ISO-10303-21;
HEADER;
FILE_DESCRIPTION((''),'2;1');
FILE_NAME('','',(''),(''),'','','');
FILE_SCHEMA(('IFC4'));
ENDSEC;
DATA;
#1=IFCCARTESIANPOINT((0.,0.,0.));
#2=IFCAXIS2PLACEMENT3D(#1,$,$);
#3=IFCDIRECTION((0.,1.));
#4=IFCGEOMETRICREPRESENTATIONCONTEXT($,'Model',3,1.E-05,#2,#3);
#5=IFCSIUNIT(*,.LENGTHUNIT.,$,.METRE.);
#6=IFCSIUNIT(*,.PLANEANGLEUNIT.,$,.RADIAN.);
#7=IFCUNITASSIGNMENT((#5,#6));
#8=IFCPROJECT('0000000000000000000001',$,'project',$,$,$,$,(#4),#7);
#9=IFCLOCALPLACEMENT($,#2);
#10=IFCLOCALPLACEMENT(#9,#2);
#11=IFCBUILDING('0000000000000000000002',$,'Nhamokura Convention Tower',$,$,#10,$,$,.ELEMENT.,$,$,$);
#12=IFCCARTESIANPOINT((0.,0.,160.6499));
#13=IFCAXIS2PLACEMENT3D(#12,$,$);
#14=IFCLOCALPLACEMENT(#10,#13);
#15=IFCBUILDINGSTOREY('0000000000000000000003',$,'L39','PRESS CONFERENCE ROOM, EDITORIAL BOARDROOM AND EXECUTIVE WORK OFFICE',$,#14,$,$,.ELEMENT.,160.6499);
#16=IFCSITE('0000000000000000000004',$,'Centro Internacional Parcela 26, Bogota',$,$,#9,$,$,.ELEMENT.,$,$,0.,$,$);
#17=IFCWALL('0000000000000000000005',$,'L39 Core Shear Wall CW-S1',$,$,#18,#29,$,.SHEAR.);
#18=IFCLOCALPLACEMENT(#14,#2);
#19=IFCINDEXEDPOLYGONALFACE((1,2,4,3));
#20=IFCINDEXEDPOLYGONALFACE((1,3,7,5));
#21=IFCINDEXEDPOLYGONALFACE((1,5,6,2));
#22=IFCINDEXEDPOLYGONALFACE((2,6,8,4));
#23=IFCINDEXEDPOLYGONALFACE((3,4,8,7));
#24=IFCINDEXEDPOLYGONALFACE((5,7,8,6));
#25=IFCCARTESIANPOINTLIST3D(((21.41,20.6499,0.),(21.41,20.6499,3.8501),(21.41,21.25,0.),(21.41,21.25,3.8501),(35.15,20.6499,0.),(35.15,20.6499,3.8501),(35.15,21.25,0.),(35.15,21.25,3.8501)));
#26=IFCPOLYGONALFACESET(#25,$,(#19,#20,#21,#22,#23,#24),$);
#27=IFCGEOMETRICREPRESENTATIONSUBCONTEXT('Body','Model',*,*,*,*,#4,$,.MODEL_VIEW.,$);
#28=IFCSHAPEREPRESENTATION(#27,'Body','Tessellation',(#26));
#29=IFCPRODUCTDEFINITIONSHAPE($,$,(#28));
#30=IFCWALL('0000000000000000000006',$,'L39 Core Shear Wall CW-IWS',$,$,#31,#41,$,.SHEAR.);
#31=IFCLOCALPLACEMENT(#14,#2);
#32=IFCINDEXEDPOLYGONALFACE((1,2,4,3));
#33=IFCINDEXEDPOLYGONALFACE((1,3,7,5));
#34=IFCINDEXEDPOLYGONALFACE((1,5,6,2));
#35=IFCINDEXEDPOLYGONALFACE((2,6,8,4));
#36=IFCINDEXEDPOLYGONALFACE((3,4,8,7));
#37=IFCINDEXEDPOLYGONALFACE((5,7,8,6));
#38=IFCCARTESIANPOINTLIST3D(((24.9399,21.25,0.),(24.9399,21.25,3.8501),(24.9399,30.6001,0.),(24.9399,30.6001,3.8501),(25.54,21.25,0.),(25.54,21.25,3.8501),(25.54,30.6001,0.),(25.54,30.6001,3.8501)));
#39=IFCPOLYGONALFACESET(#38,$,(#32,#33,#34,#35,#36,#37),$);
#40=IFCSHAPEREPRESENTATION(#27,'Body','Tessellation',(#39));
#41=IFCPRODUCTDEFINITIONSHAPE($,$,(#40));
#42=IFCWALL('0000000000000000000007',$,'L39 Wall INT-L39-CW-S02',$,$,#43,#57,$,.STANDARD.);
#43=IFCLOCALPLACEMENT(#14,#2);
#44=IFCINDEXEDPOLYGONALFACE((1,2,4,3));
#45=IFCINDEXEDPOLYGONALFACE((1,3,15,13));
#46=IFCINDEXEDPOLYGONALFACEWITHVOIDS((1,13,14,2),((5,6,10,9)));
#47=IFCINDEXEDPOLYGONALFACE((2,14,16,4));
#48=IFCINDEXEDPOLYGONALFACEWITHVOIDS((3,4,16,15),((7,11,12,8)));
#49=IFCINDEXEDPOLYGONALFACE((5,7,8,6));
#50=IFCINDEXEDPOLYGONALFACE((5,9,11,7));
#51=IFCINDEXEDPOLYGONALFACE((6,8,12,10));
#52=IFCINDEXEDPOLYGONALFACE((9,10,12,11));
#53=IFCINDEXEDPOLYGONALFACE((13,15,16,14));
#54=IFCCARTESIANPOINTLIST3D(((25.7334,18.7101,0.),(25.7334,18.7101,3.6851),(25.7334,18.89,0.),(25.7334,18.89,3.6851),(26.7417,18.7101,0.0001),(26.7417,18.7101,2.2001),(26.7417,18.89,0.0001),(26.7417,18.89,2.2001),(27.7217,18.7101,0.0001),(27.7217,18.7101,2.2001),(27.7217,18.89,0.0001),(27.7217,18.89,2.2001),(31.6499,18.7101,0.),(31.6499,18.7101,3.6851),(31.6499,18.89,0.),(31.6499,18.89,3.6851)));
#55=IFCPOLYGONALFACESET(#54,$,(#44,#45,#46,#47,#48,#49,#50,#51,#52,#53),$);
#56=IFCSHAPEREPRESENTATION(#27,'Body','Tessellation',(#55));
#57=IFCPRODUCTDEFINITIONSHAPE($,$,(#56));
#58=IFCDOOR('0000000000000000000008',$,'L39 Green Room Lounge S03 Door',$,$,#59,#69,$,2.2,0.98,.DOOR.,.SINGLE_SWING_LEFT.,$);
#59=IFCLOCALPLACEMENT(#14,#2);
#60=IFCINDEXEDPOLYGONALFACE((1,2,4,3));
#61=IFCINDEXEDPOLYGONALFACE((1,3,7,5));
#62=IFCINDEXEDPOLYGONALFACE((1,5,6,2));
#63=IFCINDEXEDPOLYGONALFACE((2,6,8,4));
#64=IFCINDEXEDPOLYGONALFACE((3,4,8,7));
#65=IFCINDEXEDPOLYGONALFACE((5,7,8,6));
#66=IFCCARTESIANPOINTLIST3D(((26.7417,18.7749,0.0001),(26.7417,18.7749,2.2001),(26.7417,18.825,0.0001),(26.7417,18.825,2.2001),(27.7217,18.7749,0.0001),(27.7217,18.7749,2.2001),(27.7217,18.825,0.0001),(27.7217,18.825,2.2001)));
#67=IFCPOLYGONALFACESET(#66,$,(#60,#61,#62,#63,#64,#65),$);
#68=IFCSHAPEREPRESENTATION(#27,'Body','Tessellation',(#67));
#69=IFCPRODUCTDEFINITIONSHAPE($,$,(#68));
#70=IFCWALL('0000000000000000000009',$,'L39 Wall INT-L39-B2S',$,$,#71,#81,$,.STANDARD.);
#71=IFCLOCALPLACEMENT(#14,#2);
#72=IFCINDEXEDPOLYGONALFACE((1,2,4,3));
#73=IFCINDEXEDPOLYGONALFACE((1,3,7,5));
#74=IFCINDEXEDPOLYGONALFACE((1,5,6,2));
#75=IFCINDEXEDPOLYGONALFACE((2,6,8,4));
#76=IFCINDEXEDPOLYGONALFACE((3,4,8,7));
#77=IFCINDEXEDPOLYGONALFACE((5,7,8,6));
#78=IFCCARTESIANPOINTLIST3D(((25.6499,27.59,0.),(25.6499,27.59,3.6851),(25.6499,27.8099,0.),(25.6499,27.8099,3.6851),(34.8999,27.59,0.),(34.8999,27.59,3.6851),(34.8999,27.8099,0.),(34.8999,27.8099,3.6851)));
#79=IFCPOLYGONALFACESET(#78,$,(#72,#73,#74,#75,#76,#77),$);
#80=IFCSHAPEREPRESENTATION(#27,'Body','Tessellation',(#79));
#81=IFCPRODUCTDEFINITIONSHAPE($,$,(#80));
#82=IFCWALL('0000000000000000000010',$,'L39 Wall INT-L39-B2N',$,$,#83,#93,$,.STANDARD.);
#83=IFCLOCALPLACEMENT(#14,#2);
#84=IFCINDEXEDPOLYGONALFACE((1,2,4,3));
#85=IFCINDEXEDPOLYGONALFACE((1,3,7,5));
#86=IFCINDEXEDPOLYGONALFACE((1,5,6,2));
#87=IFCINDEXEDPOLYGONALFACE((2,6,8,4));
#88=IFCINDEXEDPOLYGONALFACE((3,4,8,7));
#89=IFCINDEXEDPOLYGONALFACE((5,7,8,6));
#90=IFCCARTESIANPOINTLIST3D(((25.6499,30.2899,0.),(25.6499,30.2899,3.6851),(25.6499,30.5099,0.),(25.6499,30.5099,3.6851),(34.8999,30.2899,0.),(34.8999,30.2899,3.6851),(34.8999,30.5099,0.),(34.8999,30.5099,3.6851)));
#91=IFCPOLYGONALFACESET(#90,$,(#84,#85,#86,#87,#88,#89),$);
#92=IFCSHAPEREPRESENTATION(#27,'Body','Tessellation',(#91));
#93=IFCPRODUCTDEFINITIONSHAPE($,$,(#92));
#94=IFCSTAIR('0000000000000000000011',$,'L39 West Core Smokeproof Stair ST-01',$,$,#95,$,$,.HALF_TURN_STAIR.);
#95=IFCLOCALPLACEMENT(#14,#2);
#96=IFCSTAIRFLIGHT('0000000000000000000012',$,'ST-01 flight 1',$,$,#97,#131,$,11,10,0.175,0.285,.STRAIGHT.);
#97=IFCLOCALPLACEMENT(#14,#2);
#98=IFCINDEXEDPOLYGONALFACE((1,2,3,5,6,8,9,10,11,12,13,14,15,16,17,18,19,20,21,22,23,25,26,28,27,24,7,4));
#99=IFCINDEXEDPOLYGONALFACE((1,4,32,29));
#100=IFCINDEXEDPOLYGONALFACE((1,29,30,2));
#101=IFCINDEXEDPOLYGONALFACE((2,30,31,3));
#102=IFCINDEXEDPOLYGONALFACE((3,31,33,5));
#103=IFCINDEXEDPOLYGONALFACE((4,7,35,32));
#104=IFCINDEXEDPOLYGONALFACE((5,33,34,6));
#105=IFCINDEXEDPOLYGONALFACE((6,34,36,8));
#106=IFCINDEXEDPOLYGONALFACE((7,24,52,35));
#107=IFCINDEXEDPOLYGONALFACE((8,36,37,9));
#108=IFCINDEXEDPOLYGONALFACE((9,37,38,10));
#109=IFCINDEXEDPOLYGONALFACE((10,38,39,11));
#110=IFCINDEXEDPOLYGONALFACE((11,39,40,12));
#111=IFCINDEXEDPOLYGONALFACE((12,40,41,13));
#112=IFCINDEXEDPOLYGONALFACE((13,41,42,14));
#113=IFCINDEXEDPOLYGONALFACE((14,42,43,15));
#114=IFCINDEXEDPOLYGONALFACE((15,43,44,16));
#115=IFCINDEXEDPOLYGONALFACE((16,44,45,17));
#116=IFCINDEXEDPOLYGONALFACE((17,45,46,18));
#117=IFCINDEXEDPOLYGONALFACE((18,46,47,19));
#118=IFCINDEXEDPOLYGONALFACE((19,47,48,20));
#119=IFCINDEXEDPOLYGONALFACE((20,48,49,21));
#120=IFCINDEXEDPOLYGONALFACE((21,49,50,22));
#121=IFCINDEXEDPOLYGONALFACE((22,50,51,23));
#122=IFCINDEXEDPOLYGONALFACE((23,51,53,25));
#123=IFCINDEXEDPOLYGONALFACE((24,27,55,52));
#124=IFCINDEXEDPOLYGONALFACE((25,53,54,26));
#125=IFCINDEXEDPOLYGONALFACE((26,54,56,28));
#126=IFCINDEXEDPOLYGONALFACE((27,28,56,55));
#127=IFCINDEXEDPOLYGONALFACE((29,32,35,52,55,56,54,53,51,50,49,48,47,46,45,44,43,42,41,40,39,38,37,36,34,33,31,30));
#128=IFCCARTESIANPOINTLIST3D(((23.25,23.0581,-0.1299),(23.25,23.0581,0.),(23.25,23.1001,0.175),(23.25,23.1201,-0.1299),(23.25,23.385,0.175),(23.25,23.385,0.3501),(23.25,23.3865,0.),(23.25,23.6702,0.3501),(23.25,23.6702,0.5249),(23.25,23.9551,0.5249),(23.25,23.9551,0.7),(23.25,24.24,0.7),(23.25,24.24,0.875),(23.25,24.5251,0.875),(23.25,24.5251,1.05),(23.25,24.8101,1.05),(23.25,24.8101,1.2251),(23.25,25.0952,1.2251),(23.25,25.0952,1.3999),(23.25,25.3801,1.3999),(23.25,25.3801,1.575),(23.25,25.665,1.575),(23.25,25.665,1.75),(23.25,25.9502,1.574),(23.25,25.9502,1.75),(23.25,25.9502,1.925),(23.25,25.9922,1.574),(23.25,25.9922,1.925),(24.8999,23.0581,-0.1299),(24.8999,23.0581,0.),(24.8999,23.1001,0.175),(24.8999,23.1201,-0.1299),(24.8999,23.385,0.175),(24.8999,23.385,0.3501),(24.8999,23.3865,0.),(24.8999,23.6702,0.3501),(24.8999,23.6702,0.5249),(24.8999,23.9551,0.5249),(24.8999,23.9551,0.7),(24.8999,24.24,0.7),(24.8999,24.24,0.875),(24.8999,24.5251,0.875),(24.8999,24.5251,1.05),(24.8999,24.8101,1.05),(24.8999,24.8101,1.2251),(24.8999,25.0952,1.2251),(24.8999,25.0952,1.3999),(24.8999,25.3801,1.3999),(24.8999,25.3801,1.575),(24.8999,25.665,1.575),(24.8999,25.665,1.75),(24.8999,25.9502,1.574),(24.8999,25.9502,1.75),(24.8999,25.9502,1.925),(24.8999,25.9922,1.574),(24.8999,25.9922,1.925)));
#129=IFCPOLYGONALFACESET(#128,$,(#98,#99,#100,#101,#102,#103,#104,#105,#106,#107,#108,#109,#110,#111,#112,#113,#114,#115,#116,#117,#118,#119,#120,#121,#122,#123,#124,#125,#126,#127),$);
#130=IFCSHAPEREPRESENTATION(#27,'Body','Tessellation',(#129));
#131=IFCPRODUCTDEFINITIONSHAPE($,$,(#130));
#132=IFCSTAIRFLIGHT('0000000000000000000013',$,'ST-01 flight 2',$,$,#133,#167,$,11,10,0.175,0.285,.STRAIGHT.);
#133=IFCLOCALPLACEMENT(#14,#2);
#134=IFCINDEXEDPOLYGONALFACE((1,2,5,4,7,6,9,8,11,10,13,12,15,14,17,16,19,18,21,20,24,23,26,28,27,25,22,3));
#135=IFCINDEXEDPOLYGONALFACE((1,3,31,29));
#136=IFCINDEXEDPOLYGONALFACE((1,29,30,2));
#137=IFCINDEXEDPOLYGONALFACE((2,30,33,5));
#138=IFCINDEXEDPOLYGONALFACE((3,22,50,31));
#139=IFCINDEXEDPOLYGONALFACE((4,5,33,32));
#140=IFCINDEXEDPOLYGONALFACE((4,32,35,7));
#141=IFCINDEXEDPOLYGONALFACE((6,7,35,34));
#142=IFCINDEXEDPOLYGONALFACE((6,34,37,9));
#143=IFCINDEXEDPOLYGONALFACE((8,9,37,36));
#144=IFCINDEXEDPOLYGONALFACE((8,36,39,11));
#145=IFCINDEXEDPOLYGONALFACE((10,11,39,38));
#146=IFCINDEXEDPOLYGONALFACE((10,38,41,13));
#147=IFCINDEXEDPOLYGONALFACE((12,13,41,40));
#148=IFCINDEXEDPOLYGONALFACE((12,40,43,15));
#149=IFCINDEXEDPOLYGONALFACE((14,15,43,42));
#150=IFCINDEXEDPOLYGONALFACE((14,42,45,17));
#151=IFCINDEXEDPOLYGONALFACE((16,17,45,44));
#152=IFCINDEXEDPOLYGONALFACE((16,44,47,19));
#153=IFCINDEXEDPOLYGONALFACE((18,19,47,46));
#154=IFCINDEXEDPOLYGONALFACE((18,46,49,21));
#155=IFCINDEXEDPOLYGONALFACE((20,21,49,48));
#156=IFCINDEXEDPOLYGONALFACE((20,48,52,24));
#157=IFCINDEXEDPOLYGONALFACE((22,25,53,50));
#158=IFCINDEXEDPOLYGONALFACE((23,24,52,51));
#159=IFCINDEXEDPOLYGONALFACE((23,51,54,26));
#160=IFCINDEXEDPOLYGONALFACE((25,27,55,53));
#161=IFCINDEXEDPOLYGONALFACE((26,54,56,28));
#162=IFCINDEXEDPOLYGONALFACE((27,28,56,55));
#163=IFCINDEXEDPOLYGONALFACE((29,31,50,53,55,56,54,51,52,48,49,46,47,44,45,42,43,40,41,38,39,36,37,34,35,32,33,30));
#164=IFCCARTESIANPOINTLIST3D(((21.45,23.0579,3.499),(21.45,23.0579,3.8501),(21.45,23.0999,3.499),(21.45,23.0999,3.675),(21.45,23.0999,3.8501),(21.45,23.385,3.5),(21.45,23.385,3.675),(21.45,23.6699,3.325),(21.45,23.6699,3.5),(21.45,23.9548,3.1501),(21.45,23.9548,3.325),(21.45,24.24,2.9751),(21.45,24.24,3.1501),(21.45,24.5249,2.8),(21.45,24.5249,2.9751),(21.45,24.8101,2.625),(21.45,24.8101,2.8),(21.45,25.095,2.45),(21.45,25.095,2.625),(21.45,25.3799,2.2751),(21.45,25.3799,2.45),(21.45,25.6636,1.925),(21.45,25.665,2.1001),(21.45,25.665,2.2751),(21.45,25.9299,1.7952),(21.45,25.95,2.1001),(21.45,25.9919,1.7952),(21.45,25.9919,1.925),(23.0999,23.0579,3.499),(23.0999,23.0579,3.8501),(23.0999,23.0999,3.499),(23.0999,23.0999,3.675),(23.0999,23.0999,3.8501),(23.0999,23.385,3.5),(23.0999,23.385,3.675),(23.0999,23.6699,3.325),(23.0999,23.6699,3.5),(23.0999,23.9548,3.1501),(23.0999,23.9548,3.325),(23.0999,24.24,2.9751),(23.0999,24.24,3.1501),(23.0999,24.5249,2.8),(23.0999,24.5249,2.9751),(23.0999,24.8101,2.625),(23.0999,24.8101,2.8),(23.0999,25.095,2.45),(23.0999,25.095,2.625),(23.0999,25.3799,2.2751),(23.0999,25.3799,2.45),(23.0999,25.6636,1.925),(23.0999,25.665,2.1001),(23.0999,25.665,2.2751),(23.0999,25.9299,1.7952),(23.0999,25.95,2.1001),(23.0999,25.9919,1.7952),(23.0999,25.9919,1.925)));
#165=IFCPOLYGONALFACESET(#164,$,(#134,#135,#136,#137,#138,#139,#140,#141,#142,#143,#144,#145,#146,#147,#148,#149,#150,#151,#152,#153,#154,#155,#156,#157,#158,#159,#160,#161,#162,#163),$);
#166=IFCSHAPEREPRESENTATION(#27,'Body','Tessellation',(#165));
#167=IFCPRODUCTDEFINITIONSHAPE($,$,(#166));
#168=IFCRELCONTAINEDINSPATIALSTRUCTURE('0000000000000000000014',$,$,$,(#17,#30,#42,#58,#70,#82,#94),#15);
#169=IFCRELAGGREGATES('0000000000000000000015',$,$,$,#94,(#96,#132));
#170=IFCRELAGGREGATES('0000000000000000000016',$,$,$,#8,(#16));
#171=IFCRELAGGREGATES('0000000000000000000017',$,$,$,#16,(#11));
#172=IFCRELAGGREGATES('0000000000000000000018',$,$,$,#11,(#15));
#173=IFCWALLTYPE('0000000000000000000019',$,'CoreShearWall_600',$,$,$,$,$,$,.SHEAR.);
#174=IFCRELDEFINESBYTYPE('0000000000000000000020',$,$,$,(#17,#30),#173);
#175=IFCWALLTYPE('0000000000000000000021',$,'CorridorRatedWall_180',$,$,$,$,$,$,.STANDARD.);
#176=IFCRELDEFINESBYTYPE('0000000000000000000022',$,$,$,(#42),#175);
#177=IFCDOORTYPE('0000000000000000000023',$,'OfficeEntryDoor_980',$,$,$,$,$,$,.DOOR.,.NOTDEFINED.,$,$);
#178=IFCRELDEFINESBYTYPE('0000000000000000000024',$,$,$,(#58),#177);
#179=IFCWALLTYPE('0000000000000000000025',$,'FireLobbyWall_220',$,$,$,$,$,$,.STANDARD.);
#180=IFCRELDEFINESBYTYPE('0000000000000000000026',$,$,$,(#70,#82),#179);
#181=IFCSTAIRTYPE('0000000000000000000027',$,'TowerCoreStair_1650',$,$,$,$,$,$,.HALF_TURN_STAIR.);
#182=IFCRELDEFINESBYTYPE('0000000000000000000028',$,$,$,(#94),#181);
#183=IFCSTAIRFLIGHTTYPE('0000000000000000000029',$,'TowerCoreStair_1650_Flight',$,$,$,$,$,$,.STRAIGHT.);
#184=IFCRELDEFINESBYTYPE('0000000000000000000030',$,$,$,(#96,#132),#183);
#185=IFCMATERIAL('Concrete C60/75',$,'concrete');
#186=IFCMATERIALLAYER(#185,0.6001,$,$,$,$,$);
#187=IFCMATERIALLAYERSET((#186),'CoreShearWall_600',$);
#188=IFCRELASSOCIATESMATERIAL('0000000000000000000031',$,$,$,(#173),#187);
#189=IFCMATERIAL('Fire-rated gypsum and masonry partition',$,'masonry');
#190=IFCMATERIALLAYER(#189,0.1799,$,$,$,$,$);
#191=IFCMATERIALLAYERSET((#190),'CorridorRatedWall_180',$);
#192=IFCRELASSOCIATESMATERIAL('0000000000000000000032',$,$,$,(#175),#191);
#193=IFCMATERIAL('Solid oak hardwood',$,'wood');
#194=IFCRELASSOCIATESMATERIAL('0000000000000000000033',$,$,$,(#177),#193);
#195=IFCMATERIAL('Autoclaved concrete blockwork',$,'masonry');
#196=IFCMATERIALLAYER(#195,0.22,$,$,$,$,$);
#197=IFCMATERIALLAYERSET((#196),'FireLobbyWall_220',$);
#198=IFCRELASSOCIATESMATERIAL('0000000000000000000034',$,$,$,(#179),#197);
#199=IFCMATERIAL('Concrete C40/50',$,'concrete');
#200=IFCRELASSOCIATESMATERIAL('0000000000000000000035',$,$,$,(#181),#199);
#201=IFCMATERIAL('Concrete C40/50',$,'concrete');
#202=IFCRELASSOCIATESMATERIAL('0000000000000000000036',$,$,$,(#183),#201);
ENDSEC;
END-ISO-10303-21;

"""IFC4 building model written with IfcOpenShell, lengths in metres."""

from ifc_helpers import new_model, si_unit, direction, frame, frame_2d, origin, place, context, subcontext, project, spatial, polyline, rectangle, outline, extrude, material, layer, layer_set, type_object, element, fill, aggregate, save


model = new_model("IFC4")

# Units and contexts
model_context = context("Model", 3, precision=1e-05, world=origin(), true_north=direction((0.0, 1.0)))
body_context = subcontext(model_context, "Body", "Model", "MODEL_VIEW")
ifc_project = project(units=[si_unit("LENGTHUNIT", "METRE"), si_unit("PLANEANGLEUNIT", "RADIAN")], contexts=[model_context])

# Site, building, storey
site_placement = place(None, origin())
site = spatial("IfcSite", under=ifc_project, at=site_placement, Name="Centro Internacional Parcela 26, Bogota", CompositionType="ELEMENT", RefElevation=0.0)
building_placement = place(site_placement, origin())
building = spatial("IfcBuilding", under=site, at=building_placement, Name="Nhamokura Convention Tower", CompositionType="ELEMENT")
storey_placement = place(building_placement, frame((0.0, 0.0, 160.6499)))
storey = spatial("IfcBuildingStorey", under=building, at=storey_placement, Name="L39", Description="PRESS CONFERENCE ROOM, EDITORIAL BOARDROOM AND EXECUTIVE WORK OFFICE", CompositionType="ELEMENT", Elevation=160.6499)

# Shared definitions
ifc_material_1 = material(Name="Concrete C60/75", Category="concrete")
ifc_layer_1 = layer(ifc_material_1, 0.6001)
ifc_layer_set_1 = layer_set([ifc_layer_1], Name="CoreShearWall_600")
wall_type_1 = type_object("IfcWallType", Name="CoreShearWall_600", PredefinedType="SHEAR", material=ifc_layer_set_1)

# Walls
wall_1_placement = place(storey_placement, frame((21.4099, 20.95, 0.0), z_axis=(0.0, 0.0, 1.0), x_axis=(1.0, 0.0, 0.0)))
element("IfcWall", 1, at=wall_1_placement, inside=storey, type_object=wall_type_1, Name="L39 Core Shear Wall CW-S1", PredefinedType="SHEAR", context=body_context, shape_type="SweptSolid", body=[
    extrude(rectangle(XDim=13.74, YDim=0.6001, at=frame_2d((6.8701, 0.0))), origin(), (0.0, 0.0, 1.0), 3.8501),
])
wall_2_placement = place(storey_placement, frame((25.24, 21.25, 0.0), z_axis=(0.0, 0.0, 1.0), x_axis=(0.0, 1.0, 0.0)))
element("IfcWall", 2, at=wall_2_placement, inside=storey, type_object=wall_type_1, Name="L39 Core Shear Wall CW-IWS", PredefinedType="SHEAR", context=body_context, shape_type="SweptSolid", body=[
    extrude(rectangle(XDim=9.3501, YDim=0.6001, at=frame_2d((4.675, 0.0))), origin(), (0.0, 0.0, 1.0), 3.8501),
])

# Wall, opening, door
ifc_material_2 = material(Name="Fire-rated gypsum and masonry partition", Category="masonry")
ifc_layer_2 = layer(ifc_material_2, 0.1799)
ifc_layer_set_2 = layer_set([ifc_layer_2], Name="CorridorRatedWall_180")
wall_type_2 = type_object("IfcWallType", Name="CorridorRatedWall_180", PredefinedType="STANDARD", material=ifc_layer_set_2)
wall_3_placement = place(storey_placement, frame((25.7334, 18.8, 0.0), z_axis=(0.0, 0.0, 1.0), x_axis=(1.0, 0.0, 0.0)))
wall_3 = element("IfcWall", 3, at=wall_3_placement, inside=storey, type_object=wall_type_2, Name="L39 Wall INT-L39-CW-S02", PredefinedType="STANDARD", context=body_context, shape_type="SweptSolid", body=[
    extrude(rectangle(XDim=5.9165, YDim=0.1799, at=frame_2d((2.9583, 0.0))), origin(), (0.0, 0.0, 1.0), 3.6851),
])
opening_1_placement = place(wall_3_placement, frame((1.0083, 0.0, 0.0)))
opening_1 = element("IfcOpeningElement", 4, at=opening_1_placement, cuts=wall_3, PredefinedType="OPENING", context=body_context, shape_type="SweptSolid", body=[
    extrude(rectangle(XDim=0.98, YDim=2.2, at=frame_2d((0.49, 1.1001))), frame((0.0, 0.0999, 0.0), z_axis=(0.0, -1.0, 0.0), x_axis=(1.0, 0.0, 0.0)), (0.0, 0.0, 1.0), 0.2),
])
ifc_material_3 = material(Name="Solid oak hardwood", Category="wood")
door_type_1 = type_object("IfcDoorType", Name="OfficeEntryDoor_980", OperationType="NOTDEFINED", PredefinedType="DOOR", material=ifc_material_3)
door_1_placement = place(opening_1_placement, origin())
door_1 = element("IfcDoor", 5, at=door_1_placement, inside=storey, type_object=door_type_1, Name="L39 Green Room Lounge S03 Door", OperationType="SINGLE_SWING_LEFT", OverallHeight=2.2, OverallWidth=0.98, PredefinedType="DOOR", context=body_context, shape_type="SweptSolid", body=[
    extrude(rectangle(XDim=0.98, YDim=2.2, at=frame_2d((0.49, 1.1001))), frame((0.0, 0.0249, 0.0), z_axis=(0.0, -1.0, 0.0), x_axis=(1.0, 0.0, 0.0)), (0.0, 0.0, 1.0), 0.05),
])
fill(opening_1, door_1)

# Shared definitions
ifc_material_4 = material(Name="Autoclaved concrete blockwork", Category="masonry")
ifc_layer_3 = layer(ifc_material_4, 0.22)
ifc_layer_set_3 = layer_set([ifc_layer_3], Name="FireLobbyWall_220")
wall_type_3 = type_object("IfcWallType", Name="FireLobbyWall_220", PredefinedType="STANDARD", material=ifc_layer_set_3)

# Walls
for number, where, z_axis, x_axis, name in (
    (6, (25.6499, 27.7, 0.0), (0.0, 0.0, 1.0), (1.0, 0.0, 0.0), "L39 Wall INT-L39-B2S"),
    (7, (25.6499, 30.3999, 0.0), (0.0, 0.0, 1.0), (1.0, 0.0, 0.0), "L39 Wall INT-L39-B2N"),
):
    element("IfcWall", number, at=place(storey_placement, frame(where, z_axis=z_axis, x_axis=x_axis)), inside=storey, type_object=wall_type_3, Name=name, PredefinedType="STANDARD", context=body_context, shape_type="SweptSolid", body=[
        extrude(rectangle(XDim=9.25, YDim=0.22, at=frame_2d((4.625, 0.0))), origin(), (0.0, 0.0, 1.0), 3.6851),
    ])

# Stair, stair flights
ifc_material_5 = material(Name="Concrete C40/50", Category="concrete")
stair_type = type_object("IfcStairType", Name="TowerCoreStair_1650", PredefinedType="HALF_TURN_STAIR", material=ifc_material_5)
stair_placement = place(storey_placement, origin())
stair = element("IfcStair", 8, at=stair_placement, inside=storey, type_object=stair_type, Name="L39 West Core Smokeproof Stair ST-01", PredefinedType="HALF_TURN_STAIR")
ifc_material_6 = material(Name="Concrete C40/50", Category="concrete")
stair_flight_type = type_object("IfcStairFlightType", Name="TowerCoreStair_1650_Flight", PredefinedType="STRAIGHT", material=ifc_material_6)
stair_flight_1_placement = place(storey_placement, frame((24.075, 23.1001, 0.0), z_axis=(0.0, 0.0, 1.0), x_axis=(0.0, 1.0, 0.0)))
stair_flight_1 = element("IfcStairFlight", 9, at=stair_flight_1_placement, type_object=stair_flight_type, Name="ST-01 flight 1", NumberOfRisers=11, NumberOfTreads=10, PredefinedType="STRAIGHT", RiserHeight=0.175, TreadLength=0.285, context=body_context, shape_type="SweptSolid", body=[
    extrude(outline(polyline([(-0.042, 0.0), (0.0, 0.175), (0.2849, 0.175), (0.2849, 0.3501), (0.5701, 0.3501), (0.5701, 0.5249), (0.855, 0.5249), (0.855, 0.7), (1.1399, 0.7), (1.1399, 0.875), (1.425, 0.875), (1.425, 1.05), (1.71, 1.05), (1.71, 1.2251), (1.9951, 1.2251), (1.9951, 1.3999), (2.28, 1.3999), (2.28, 1.575), (2.5649, 1.575), (2.5649, 1.75), (2.8501, 1.75), (2.8501, 1.925), (2.8921, 1.925), (2.8921, 1.574), (2.8501, 1.574), (0.2864, 0.0), (0.02, -0.1299), (-0.042, -0.1299), (-0.042, 0.0)])), frame((0.0, 0.825, 0.0), z_axis=(0.0, -1.0, 0.0), x_axis=(1.0, 0.0, 0.0)), (0.0, 0.0, 1.0), 1.6499),
])
stair_flight_2_placement = place(storey_placement, frame((22.2749, 25.95, 1.925), z_axis=(0.0, 0.0, 1.0), x_axis=(0.0, -1.0, 0.0)))
stair_flight_2 = element("IfcStairFlight", 10, at=stair_flight_2_placement, type_object=stair_flight_type, Name="ST-01 flight 2", NumberOfRisers=11, NumberOfTreads=10, PredefinedType="STRAIGHT", RiserHeight=0.175, TreadLength=0.285, context=body_context, shape_type="SweptSolid", body=[
    extrude(outline(polyline([(-0.042, 0.0), (0.0, 0.175), (0.2849, 0.175), (0.2849, 0.3501), (0.5701, 0.3501), (0.5701, 0.5249), (0.855, 0.5249), (0.855, 0.7), (1.1399, 0.7), (1.1399, 0.875), (1.425, 0.875), (1.425, 1.05), (1.71, 1.05), (1.71, 1.2251), (1.9951, 1.2251), (1.9951, 1.3999), (2.28, 1.3999), (2.28, 1.575), (2.5649, 1.575), (2.5649, 1.75), (2.8501, 1.75), (2.8501, 1.925), (2.8921, 1.925), (2.8921, 1.574), (2.8501, 1.574), (0.2864, 0.0), (0.02, -0.1299), (-0.042, -0.1299), (-0.042, 0.0)])), frame((0.0, 0.825, 0.0), z_axis=(0.0, -1.0, 0.0), x_axis=(1.0, 0.0, 0.0)), (0.0, 0.0, 1.0), 1.6499),
])
aggregate(stair, [stair_flight_1, stair_flight_2])

save(model, "model.ifc")
